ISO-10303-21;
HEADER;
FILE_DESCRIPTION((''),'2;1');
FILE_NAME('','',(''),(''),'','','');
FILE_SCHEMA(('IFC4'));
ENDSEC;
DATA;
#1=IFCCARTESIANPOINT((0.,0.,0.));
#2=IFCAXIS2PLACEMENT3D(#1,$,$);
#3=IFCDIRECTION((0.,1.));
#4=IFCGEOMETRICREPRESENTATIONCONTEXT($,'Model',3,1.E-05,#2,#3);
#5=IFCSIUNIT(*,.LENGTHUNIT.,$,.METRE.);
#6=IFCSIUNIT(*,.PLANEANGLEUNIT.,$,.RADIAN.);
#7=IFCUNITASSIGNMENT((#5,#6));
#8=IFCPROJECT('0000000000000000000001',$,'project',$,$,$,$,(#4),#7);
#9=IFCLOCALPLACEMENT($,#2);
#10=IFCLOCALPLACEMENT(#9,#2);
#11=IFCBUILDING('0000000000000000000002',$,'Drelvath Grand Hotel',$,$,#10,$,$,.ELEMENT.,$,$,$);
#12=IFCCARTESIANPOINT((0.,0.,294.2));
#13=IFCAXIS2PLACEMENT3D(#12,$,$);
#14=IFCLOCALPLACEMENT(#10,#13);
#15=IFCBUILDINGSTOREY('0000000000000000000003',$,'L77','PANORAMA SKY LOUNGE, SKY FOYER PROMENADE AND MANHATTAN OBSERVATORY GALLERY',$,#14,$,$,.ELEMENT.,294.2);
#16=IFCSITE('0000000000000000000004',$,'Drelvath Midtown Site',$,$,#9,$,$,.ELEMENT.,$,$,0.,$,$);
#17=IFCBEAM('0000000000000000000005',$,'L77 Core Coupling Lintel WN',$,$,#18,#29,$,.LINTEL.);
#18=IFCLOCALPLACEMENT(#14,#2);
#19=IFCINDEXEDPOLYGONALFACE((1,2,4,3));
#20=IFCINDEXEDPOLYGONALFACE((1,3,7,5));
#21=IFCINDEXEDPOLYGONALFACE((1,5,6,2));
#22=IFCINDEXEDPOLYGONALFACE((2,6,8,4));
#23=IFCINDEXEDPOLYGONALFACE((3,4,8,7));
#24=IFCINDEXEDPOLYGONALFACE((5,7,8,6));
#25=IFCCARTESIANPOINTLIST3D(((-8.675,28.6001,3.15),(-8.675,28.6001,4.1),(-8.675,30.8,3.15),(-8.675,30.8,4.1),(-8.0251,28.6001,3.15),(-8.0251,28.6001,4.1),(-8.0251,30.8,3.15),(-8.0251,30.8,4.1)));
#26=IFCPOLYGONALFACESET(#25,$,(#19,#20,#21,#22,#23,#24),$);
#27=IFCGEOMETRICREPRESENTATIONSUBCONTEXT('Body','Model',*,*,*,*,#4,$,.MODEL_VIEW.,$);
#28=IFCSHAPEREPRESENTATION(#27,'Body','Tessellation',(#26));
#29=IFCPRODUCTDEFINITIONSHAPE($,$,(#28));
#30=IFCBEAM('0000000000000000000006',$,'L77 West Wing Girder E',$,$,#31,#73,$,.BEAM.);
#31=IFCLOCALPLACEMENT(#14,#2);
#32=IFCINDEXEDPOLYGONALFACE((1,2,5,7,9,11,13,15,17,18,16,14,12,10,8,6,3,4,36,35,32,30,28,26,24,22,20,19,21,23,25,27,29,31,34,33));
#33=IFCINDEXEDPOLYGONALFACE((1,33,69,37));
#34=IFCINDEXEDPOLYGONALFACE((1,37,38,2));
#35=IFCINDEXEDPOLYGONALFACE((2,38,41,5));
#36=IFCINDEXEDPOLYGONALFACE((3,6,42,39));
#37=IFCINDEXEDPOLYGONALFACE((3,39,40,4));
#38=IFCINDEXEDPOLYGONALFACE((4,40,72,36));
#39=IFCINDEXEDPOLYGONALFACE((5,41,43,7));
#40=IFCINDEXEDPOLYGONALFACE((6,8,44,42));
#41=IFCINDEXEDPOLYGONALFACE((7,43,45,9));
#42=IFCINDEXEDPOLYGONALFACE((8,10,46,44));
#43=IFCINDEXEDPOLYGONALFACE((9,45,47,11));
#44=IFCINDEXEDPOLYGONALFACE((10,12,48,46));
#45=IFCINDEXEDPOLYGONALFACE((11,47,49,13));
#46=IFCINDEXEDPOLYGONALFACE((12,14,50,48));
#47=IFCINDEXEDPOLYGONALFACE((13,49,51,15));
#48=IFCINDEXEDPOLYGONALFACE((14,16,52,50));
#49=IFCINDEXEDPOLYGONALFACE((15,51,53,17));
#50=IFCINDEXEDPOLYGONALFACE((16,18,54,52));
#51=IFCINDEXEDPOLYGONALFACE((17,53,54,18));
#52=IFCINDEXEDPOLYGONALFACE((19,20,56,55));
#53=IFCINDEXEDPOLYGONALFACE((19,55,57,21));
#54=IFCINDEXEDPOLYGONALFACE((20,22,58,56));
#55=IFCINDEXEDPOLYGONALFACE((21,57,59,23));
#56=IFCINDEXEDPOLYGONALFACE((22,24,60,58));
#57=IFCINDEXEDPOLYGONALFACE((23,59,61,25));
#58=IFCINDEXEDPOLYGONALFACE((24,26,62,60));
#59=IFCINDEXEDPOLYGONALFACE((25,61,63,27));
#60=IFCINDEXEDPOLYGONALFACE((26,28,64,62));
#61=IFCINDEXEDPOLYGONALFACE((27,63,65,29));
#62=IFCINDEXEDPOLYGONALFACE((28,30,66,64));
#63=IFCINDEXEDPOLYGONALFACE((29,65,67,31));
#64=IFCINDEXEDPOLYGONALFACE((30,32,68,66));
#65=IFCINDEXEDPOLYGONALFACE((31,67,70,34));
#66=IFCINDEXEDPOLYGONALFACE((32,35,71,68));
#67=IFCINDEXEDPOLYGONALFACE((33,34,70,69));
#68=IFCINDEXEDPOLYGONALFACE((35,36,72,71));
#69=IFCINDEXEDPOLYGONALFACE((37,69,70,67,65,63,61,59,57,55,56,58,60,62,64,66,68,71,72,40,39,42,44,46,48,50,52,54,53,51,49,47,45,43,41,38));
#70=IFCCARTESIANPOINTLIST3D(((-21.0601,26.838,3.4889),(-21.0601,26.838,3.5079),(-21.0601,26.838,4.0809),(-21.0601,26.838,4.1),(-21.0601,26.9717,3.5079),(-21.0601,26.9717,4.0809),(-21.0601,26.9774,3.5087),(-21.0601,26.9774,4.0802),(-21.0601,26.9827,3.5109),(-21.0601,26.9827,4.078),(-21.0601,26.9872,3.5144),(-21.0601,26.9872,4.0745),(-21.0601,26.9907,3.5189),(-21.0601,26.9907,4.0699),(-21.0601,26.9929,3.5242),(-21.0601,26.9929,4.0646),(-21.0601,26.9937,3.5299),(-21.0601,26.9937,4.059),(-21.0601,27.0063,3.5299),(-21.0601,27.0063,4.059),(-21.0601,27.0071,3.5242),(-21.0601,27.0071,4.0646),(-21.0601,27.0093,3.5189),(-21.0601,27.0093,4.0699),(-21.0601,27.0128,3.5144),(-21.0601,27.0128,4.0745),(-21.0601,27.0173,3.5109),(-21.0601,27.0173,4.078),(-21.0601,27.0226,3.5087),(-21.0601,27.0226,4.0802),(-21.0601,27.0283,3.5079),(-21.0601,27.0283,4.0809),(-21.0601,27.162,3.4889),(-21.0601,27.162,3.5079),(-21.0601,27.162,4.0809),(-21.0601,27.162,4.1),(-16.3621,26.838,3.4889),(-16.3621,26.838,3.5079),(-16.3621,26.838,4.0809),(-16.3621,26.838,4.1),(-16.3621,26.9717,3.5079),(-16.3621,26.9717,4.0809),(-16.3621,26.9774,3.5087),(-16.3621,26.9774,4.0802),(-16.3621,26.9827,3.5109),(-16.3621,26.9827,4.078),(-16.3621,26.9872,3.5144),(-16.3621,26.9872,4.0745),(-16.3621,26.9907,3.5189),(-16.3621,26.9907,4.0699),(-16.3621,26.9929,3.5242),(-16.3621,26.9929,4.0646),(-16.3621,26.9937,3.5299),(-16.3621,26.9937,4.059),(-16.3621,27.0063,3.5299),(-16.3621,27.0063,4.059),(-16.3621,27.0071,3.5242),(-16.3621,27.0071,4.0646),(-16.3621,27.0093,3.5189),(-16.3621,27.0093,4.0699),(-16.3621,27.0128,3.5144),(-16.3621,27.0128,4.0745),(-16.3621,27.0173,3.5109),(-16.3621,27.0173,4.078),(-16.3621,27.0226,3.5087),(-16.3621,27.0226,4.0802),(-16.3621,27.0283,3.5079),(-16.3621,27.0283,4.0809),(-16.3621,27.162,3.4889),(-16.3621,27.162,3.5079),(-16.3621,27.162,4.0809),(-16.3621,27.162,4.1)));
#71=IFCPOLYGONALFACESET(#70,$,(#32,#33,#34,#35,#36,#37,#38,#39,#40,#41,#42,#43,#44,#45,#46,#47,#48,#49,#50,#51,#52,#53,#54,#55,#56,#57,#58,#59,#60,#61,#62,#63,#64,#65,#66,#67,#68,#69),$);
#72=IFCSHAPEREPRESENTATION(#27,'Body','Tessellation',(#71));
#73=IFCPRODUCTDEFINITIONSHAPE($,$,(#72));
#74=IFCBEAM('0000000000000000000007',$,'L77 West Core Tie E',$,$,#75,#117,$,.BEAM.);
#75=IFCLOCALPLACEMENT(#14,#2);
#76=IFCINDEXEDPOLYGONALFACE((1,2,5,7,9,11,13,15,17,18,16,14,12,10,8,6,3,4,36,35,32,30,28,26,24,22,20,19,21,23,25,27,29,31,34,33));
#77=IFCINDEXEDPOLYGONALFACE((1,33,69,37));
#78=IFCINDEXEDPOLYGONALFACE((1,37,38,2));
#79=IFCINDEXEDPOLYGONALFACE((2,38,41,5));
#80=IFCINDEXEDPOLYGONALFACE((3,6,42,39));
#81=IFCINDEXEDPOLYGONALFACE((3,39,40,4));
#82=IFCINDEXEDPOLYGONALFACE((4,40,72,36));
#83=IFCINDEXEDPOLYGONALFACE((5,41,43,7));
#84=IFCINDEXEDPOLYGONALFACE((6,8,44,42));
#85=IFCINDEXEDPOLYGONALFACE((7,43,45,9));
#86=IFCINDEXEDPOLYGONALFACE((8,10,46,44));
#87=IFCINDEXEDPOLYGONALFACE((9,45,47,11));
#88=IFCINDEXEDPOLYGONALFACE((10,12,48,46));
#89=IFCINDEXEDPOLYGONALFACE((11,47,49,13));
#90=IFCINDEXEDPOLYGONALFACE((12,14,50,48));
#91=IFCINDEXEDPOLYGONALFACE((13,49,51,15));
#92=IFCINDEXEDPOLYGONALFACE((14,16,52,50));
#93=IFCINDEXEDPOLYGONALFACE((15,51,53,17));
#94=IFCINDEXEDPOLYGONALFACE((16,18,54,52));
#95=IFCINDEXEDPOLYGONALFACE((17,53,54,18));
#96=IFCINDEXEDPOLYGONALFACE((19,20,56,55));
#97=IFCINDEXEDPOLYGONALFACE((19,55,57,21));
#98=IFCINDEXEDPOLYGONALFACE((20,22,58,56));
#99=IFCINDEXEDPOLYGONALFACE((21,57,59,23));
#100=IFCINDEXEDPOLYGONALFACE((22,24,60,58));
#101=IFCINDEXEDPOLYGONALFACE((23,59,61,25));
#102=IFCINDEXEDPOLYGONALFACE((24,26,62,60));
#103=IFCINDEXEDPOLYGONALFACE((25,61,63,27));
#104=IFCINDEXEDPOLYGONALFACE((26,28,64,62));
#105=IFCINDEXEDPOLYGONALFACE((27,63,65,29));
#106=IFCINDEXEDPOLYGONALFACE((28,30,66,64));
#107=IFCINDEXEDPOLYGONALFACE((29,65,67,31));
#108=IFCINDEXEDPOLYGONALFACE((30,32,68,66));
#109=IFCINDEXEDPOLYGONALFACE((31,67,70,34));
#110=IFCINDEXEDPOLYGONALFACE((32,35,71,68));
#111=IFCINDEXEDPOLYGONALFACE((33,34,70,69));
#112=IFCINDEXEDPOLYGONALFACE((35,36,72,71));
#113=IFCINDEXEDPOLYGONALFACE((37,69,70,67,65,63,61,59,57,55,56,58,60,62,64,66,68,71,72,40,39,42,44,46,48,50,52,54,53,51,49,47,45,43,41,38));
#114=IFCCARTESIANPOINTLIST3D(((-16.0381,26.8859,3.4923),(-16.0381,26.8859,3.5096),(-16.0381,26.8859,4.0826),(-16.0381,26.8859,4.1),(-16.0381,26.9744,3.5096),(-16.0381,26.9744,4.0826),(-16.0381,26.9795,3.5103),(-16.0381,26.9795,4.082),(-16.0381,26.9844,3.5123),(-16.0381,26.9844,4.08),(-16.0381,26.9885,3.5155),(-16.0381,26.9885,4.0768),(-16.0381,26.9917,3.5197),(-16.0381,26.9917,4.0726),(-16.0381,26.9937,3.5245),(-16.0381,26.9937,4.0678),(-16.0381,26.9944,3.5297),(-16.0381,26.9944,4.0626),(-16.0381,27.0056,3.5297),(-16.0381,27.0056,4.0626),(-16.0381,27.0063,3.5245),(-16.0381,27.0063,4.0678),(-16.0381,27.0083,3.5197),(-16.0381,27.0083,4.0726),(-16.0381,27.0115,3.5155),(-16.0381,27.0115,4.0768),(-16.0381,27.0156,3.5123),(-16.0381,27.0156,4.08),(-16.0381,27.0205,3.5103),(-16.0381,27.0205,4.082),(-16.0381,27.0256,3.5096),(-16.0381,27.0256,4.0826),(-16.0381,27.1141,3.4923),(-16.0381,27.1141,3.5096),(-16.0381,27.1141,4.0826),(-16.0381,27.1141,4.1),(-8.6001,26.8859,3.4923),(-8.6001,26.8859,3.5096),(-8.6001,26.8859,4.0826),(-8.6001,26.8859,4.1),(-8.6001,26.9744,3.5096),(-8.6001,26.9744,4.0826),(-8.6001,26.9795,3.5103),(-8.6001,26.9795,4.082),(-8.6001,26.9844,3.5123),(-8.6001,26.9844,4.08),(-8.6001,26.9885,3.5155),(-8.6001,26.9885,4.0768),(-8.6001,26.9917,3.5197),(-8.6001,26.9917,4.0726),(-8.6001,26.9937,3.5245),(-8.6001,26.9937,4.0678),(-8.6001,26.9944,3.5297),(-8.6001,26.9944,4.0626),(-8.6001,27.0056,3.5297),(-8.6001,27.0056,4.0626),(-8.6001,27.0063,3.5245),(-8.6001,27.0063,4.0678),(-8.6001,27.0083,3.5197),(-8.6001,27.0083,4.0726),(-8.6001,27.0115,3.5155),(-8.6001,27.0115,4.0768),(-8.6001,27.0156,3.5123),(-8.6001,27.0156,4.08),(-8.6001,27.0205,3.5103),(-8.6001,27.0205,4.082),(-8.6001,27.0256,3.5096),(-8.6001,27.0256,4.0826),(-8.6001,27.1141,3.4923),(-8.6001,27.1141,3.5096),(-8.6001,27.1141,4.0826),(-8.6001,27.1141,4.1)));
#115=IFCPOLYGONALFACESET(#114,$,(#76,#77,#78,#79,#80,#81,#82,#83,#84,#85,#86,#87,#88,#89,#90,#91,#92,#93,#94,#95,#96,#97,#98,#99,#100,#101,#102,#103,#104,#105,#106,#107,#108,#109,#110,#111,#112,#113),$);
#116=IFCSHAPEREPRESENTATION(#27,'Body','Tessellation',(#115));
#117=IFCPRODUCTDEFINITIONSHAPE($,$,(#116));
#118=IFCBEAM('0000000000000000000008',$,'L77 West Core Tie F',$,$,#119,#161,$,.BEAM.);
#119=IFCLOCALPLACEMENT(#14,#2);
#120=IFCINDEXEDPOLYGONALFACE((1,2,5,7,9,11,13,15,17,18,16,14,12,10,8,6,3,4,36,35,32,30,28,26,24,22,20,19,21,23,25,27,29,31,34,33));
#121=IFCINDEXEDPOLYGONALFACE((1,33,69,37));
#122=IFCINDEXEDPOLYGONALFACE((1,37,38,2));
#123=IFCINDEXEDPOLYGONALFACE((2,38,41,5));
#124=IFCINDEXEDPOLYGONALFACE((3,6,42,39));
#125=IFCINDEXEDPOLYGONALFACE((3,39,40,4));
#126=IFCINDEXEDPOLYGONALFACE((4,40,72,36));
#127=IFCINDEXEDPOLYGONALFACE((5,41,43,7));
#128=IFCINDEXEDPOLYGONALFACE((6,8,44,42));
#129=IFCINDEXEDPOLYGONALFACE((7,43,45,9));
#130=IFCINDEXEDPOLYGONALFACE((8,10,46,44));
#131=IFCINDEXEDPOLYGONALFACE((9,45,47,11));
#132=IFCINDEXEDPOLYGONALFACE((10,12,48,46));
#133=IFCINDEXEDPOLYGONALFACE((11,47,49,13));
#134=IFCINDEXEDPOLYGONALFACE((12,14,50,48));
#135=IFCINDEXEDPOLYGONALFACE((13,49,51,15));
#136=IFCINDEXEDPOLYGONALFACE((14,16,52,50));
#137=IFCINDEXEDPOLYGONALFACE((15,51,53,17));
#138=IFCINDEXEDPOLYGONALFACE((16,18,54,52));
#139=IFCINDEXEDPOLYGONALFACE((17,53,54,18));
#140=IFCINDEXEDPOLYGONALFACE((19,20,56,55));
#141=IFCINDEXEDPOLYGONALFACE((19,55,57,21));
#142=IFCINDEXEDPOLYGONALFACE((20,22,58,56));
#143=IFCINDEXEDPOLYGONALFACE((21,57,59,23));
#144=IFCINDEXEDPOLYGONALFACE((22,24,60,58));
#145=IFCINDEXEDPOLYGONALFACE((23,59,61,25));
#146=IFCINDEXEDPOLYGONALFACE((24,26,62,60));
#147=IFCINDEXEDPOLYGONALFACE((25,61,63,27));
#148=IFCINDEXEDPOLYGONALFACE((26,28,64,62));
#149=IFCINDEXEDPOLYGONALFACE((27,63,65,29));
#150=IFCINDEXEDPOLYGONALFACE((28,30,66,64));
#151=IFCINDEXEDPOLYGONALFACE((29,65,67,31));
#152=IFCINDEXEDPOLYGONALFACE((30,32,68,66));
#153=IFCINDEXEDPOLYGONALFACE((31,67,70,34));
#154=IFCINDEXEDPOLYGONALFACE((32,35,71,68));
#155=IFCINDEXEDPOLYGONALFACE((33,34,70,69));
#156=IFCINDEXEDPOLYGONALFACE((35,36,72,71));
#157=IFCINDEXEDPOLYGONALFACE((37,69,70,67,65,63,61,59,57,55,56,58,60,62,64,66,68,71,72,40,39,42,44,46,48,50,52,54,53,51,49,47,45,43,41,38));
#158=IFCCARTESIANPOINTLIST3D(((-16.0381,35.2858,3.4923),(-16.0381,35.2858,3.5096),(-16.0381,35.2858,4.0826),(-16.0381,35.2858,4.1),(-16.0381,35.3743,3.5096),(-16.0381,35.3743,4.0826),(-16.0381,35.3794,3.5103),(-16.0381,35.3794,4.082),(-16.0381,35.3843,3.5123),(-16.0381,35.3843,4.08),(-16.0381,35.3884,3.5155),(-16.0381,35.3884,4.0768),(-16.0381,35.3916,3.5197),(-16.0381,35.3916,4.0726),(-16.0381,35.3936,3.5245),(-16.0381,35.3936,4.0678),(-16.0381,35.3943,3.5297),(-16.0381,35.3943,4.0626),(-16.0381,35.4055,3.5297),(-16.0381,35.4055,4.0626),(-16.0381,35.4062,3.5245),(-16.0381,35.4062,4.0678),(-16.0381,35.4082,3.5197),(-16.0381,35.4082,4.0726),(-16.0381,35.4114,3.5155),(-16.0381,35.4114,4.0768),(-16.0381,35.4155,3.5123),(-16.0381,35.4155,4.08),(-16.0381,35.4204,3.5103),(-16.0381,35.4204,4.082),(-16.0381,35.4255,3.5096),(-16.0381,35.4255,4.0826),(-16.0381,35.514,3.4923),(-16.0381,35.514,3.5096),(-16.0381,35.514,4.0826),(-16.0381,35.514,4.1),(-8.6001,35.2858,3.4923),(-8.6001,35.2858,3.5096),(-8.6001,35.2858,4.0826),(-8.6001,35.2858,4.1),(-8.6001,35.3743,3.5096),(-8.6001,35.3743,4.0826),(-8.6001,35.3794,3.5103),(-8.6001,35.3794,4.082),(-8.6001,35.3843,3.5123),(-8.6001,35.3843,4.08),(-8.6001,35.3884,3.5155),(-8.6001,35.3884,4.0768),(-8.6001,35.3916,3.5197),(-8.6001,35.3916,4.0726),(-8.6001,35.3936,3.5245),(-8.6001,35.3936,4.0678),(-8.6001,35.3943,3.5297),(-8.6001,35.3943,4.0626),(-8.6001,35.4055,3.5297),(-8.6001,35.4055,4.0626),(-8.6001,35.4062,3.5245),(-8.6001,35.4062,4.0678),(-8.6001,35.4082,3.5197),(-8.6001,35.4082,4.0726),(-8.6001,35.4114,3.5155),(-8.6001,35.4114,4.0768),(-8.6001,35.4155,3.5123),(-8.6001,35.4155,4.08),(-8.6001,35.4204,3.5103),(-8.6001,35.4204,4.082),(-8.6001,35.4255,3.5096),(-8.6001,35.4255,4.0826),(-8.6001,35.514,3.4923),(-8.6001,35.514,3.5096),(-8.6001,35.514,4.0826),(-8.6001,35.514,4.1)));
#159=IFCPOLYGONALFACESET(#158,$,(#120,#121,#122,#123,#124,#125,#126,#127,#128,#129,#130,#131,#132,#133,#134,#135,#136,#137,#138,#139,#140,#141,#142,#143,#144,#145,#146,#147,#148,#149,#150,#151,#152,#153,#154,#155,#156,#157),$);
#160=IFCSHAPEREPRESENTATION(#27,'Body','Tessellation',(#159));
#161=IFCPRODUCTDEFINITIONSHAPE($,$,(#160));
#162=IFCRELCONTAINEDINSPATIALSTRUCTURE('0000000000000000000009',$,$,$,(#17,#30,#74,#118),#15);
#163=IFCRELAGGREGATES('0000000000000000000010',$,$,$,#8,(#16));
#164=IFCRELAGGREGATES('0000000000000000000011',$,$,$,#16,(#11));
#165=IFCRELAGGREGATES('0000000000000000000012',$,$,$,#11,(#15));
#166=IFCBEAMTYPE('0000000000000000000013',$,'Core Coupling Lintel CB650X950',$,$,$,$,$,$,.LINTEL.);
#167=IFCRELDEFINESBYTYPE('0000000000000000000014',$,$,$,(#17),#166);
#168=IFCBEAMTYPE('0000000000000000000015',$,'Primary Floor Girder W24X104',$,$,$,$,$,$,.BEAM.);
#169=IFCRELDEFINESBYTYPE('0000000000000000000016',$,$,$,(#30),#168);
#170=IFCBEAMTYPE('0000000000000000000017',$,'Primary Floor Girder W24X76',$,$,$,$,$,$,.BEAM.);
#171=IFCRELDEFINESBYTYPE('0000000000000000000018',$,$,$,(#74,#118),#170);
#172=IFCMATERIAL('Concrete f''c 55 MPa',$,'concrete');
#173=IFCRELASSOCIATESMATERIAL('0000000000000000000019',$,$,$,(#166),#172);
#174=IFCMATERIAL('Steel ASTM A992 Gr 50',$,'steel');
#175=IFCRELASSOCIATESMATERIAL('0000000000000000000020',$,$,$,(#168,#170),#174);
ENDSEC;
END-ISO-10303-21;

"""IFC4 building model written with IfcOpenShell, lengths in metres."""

from ifc_helpers import new_model, si_unit, direction, frame, origin, origin_2d, place, context, subcontext, project, spatial, rectangle, i_section, extrude, material, material_profile, profile_set, type_object, element, save


model = new_model("IFC4")

# Units and contexts
model_context = context("Model", 3, precision=1e-05, world=origin(), true_north=direction((0.0, 1.0)))
body_context = subcontext(model_context, "Body", "Model", "MODEL_VIEW")
ifc_project = project(units=[si_unit("LENGTHUNIT", "METRE"), si_unit("PLANEANGLEUNIT", "RADIAN")], contexts=[model_context])

# Site, building, storey
site_placement = place(None, origin())
site = spatial("IfcSite", under=ifc_project, at=site_placement, Name="Drelvath Midtown Site", CompositionType="ELEMENT", RefElevation=0.0)
building_placement = place(site_placement, origin())
building = spatial("IfcBuilding", under=site, at=building_placement, Name="Drelvath Grand Hotel", CompositionType="ELEMENT")
storey_placement = place(building_placement, frame((0.0, 0.0, 294.2)))
storey = spatial("IfcBuildingStorey", under=building, at=storey_placement, Name="L77", Description="PANORAMA SKY LOUNGE, SKY FOYER PROMENADE AND MANHATTAN OBSERVATORY GALLERY", CompositionType="ELEMENT", Elevation=294.2)

# Beams
ifc_material_1 = material(Name="Concrete f'c 55 MPa", Category="concrete")
ifc_material_profile_1 = material_profile(ifc_material_1, rectangle(XDim=0.6499, YDim=0.95, at=origin_2d()), Name="CB650X950")
ifc_profile_set_1 = profile_set([ifc_material_profile_1], Name="Concrete f'c 55 MPa")
beam_type_1 = type_object("IfcBeamType", Name="Core Coupling Lintel CB650X950", PredefinedType="LINTEL", material=ifc_profile_set_1)
beam_1_placement = place(storey_placement, frame((-8.3501, 28.6001, 3.625), z_axis=(0.0, 1.0, 0.0), x_axis=(-1.0, 0.0, 0.0)))
element("IfcBeam", 1, at=beam_1_placement, inside=storey, type_object=beam_type_1, Name="L77 Core Coupling Lintel WN", PredefinedType="LINTEL", context=body_context, shape_type="SweptSolid", body=[
    extrude(rectangle(XDim=0.6499, YDim=0.95, at=origin_2d()), origin(), (0.0, 0.0, 1.0), 2.2),
])
ifc_material_2 = material(Name="Steel ASTM A992 Gr 50", Category="steel")
ifc_material_profile_2 = material_profile(ifc_material_2, i_section(OverallWidth=0.324, OverallDepth=0.6111, WebThickness=0.0127, FlangeThickness=0.019, FilletRadius=0.022, at=origin_2d()), Name="W24X104")
ifc_profile_set_2 = profile_set([ifc_material_profile_2], Name="Steel ASTM A992 Gr 50")
beam_type_2 = type_object("IfcBeamType", Name="Primary Floor Girder W24X104", PredefinedType="BEAM", material=ifc_profile_set_2)
beam_2_placement = place(storey_placement, frame((-21.0601, 27.0, 3.7944), z_axis=(1.0, 0.0, 0.0), x_axis=(0.0, 1.0, 0.0)))
element("IfcBeam", 2, at=beam_2_placement, inside=storey, type_object=beam_type_2, Name="L77 West Wing Girder E", PredefinedType="BEAM", context=body_context, shape_type="SweptSolid", body=[
    extrude(i_section(OverallWidth=0.324, OverallDepth=0.6111, WebThickness=0.0127, FlangeThickness=0.019, FilletRadius=0.022, at=origin_2d()), origin(), (0.0, 0.0, 1.0), 4.698),
])
ifc_material_profile_3 = material_profile(ifc_material_2, i_section(OverallWidth=0.2283, OverallDepth=0.6077, WebThickness=0.0112, FlangeThickness=0.0173, FilletRadius=0.02, at=origin_2d()), Name="W24X76")
ifc_profile_set_3 = profile_set([ifc_material_profile_3], Name="Steel ASTM A992 Gr 50")
beam_type_3 = type_object("IfcBeamType", Name="Primary Floor Girder W24X76", PredefinedType="BEAM", material=ifc_profile_set_3)
for number, where, z_axis, x_axis, name in (
    (3, (-16.0381, 27.0, 3.7961), (1.0, 0.0, 0.0), (0.0, 1.0, 0.0), "L77 West Core Tie E"),
    (4, (-16.0381, 35.3999, 3.7961), (1.0, 0.0, 0.0), (0.0, 1.0, 0.0), "L77 West Core Tie F"),
):
    element("IfcBeam", number, at=place(storey_placement, frame(where, z_axis=z_axis, x_axis=x_axis)), inside=storey, type_object=beam_type_3, Name=name, PredefinedType="BEAM", context=body_context, shape_type="SweptSolid", body=[
        extrude(i_section(OverallWidth=0.2283, OverallDepth=0.6077, WebThickness=0.0112, FlangeThickness=0.0173, FilletRadius=0.02, at=origin_2d()), origin(), (0.0, 0.0, 1.0), 7.438),
    ])

save(model, "model.ifc")
